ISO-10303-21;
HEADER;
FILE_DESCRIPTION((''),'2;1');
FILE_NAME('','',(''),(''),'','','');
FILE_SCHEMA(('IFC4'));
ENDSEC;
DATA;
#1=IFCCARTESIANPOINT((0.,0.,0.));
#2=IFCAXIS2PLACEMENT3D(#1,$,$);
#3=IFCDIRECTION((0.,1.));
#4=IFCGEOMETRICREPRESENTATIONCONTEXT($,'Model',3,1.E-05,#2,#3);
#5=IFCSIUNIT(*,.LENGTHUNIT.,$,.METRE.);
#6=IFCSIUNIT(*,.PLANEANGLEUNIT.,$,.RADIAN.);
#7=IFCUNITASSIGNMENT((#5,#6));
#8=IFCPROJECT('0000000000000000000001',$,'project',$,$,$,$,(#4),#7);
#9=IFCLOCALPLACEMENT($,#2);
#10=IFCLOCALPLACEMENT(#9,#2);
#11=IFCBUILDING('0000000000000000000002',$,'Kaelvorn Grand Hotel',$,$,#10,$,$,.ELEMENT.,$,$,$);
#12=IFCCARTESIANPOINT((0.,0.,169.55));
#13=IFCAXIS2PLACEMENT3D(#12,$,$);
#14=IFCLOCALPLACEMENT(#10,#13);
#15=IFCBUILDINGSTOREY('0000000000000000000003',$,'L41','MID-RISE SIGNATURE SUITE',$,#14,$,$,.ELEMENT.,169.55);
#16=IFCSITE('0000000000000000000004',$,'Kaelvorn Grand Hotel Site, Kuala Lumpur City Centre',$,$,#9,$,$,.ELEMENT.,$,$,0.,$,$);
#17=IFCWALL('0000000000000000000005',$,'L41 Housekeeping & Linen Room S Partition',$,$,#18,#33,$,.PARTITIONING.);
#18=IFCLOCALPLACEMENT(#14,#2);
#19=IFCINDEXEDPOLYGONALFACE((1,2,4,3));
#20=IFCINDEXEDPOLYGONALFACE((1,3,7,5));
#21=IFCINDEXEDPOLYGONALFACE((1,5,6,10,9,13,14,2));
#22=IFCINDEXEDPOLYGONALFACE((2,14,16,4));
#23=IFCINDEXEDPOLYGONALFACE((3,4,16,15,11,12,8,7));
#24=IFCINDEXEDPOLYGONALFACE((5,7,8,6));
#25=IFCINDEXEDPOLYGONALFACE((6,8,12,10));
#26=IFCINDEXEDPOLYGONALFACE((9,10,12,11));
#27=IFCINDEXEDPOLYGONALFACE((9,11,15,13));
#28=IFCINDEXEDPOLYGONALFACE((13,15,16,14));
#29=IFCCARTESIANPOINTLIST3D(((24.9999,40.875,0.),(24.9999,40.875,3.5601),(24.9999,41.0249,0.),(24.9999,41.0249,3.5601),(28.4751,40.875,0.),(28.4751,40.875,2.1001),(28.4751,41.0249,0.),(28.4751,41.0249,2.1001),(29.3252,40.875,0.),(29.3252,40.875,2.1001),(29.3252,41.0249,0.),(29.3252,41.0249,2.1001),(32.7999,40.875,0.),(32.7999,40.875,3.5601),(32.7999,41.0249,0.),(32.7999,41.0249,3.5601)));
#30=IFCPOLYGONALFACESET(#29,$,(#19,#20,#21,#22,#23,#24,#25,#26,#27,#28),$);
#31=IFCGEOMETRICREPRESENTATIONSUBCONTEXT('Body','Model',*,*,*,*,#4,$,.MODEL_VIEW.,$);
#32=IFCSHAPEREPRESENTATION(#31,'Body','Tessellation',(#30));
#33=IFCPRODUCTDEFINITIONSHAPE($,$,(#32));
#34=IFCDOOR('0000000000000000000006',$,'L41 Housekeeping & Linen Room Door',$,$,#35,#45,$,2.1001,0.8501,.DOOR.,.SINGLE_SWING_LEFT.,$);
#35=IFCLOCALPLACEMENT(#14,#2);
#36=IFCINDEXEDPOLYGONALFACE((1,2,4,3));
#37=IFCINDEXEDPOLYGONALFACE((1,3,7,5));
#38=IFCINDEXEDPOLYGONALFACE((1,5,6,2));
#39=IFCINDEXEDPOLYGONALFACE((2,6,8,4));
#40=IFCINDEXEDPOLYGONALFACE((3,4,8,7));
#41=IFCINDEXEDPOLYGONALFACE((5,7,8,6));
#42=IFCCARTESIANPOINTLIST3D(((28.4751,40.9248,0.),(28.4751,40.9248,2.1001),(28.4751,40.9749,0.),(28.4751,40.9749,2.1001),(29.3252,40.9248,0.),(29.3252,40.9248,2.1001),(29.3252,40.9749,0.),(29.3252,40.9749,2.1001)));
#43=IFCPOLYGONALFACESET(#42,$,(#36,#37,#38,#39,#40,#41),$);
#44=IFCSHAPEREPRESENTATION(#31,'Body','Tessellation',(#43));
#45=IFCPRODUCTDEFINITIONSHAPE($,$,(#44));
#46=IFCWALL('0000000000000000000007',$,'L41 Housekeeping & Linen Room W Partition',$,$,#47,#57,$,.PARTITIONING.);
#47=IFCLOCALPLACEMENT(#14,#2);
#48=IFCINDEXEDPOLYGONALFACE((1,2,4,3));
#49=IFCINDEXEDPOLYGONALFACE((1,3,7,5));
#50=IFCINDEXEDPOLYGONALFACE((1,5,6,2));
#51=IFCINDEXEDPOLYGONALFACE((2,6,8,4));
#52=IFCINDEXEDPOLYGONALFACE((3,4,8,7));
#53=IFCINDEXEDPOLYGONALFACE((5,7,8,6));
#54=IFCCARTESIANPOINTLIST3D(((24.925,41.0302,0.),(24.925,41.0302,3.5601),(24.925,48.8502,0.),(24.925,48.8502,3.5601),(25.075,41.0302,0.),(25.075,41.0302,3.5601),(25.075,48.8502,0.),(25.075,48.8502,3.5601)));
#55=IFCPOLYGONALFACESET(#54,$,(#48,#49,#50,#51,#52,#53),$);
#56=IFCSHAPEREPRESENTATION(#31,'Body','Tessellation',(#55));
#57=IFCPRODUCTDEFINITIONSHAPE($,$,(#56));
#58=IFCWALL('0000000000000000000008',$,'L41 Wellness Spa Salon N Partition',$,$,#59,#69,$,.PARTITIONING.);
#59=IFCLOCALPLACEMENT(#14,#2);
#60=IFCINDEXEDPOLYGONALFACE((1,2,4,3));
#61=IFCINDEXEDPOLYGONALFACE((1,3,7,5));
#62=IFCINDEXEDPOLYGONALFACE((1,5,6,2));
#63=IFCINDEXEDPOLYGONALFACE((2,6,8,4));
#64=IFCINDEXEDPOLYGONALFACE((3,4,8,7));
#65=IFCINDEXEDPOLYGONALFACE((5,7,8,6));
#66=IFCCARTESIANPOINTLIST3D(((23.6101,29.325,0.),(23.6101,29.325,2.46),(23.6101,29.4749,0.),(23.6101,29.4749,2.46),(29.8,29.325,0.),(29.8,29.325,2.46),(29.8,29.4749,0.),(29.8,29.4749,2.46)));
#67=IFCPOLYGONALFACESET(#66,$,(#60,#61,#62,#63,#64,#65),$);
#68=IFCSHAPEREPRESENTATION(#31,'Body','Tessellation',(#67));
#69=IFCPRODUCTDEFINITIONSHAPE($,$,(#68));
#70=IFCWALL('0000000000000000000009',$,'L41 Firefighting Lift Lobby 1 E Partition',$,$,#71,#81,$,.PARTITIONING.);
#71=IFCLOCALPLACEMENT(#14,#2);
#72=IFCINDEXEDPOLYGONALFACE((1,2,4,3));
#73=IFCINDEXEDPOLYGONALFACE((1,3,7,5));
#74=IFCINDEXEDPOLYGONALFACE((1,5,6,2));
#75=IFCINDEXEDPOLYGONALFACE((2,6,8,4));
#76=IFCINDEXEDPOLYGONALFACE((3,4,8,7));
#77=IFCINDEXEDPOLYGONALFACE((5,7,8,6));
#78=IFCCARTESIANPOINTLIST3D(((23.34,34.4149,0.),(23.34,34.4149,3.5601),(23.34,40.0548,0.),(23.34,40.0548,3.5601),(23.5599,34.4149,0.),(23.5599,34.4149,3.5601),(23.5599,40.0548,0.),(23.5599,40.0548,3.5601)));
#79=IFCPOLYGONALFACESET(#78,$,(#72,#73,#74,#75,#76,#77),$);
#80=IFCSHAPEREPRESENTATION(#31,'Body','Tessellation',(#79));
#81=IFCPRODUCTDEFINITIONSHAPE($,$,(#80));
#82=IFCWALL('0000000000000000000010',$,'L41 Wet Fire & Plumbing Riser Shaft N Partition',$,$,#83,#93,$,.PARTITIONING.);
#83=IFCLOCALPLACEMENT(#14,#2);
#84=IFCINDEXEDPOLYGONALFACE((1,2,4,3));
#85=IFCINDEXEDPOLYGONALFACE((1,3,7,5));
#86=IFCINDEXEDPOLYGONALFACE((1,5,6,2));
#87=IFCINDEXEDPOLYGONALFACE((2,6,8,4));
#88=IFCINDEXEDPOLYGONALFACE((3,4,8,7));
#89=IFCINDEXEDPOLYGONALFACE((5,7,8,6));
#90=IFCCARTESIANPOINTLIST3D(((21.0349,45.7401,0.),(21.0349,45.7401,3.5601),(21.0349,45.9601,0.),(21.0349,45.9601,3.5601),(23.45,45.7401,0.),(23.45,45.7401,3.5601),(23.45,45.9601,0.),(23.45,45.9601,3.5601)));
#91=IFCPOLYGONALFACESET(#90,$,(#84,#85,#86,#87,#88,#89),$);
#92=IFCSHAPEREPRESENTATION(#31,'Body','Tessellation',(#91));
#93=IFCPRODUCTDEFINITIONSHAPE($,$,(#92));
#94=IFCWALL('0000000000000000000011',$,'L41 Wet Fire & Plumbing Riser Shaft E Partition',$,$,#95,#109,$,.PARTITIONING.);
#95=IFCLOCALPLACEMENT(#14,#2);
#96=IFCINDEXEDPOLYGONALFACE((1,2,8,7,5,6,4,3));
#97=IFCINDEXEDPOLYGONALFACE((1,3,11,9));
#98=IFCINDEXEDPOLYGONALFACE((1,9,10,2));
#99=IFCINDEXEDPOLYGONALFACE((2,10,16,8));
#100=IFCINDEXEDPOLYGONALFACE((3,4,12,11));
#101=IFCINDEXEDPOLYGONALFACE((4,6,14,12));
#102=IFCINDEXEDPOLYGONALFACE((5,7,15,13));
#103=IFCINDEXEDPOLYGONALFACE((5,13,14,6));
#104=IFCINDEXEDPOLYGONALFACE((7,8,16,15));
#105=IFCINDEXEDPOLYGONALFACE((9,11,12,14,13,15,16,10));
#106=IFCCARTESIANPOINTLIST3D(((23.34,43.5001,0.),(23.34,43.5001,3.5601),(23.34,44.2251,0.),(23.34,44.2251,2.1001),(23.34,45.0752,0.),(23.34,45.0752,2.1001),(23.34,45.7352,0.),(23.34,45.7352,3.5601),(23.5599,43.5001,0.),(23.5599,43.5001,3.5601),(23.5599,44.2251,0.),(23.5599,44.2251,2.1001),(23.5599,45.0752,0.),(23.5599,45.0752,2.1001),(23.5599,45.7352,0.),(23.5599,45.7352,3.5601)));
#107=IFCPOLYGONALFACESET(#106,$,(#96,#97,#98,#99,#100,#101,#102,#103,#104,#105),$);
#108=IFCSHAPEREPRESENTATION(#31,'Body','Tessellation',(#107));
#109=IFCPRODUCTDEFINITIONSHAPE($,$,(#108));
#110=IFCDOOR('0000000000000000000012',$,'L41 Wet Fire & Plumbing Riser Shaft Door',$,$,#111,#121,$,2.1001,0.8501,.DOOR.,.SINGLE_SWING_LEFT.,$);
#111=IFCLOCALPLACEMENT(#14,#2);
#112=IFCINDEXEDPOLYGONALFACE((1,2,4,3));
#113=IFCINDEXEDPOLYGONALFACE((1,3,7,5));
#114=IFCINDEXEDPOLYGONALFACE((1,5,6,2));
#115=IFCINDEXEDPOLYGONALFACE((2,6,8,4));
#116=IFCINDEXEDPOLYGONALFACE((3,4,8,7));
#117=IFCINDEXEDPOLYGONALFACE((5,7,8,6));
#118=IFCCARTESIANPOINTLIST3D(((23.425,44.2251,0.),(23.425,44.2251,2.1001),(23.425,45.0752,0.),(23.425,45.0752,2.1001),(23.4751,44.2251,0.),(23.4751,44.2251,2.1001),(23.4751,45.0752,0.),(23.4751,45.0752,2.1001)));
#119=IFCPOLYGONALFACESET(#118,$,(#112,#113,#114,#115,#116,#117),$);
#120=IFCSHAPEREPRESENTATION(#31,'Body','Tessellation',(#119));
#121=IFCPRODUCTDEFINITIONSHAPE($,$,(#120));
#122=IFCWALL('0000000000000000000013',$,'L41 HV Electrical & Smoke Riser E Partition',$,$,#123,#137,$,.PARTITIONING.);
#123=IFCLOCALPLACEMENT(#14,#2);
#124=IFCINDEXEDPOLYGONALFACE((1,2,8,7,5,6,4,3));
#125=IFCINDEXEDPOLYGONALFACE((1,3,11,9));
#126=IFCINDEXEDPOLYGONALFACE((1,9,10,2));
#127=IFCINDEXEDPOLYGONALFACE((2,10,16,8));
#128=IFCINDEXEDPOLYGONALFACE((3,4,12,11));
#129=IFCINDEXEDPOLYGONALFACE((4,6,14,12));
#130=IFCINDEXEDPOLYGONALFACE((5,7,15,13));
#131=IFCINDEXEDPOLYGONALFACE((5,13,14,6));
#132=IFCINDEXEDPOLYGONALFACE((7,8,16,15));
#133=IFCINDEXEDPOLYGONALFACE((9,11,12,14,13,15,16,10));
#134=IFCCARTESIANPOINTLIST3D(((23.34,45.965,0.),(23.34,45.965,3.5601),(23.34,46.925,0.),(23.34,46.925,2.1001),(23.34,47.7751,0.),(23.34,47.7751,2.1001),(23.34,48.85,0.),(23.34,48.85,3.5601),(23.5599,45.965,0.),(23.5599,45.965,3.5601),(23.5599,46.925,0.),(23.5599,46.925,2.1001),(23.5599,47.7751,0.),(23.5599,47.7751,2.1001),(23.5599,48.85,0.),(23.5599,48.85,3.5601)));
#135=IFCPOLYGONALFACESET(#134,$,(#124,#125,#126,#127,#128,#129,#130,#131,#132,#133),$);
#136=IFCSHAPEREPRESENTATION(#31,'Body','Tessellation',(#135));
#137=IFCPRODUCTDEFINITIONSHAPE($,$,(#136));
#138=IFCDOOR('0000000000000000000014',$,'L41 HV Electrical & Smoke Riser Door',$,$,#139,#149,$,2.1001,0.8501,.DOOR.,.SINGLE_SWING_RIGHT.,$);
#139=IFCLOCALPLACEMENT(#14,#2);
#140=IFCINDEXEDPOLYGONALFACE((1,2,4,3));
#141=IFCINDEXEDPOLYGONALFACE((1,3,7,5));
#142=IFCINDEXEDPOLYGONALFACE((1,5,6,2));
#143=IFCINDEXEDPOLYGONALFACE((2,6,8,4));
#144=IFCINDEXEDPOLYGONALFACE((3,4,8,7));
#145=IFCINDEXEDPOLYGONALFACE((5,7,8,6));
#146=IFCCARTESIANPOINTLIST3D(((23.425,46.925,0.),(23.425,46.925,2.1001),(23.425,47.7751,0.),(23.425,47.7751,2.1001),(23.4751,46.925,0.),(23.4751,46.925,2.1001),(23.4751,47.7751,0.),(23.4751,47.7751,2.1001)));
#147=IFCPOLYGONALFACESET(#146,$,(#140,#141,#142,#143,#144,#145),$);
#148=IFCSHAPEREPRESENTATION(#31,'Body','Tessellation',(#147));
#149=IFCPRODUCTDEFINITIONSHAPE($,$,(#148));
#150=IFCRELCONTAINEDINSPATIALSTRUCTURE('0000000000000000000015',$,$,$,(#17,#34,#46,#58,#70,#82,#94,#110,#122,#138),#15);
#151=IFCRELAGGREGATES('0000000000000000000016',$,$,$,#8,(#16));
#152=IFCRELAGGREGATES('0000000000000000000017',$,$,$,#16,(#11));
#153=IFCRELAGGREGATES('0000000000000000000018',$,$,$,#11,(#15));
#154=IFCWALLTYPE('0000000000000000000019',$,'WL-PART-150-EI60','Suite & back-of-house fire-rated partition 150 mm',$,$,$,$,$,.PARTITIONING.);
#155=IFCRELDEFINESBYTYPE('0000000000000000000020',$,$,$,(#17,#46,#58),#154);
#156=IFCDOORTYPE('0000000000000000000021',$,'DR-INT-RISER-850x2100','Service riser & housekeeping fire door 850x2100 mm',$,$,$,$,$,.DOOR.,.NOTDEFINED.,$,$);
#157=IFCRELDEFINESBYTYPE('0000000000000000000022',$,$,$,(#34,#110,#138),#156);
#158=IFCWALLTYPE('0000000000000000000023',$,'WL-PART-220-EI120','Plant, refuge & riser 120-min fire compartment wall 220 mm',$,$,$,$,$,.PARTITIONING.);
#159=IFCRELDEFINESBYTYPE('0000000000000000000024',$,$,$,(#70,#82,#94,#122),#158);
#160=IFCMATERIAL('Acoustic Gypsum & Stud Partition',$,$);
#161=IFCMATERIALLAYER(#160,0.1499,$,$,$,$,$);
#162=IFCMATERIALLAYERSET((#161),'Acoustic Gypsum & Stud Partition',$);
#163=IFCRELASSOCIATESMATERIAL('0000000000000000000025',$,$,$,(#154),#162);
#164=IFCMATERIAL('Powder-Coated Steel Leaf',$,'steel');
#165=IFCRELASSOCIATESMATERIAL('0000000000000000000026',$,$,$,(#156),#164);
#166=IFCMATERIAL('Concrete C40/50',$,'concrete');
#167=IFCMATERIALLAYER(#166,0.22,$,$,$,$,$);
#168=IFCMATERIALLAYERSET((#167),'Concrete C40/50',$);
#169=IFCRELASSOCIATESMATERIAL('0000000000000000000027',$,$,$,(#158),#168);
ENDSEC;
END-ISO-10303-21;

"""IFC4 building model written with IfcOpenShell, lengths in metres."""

from ifc_helpers import new_model, si_unit, direction, frame, frame_2d, origin, place, context, subcontext, project, spatial, rectangle, extrude, material, layer, layer_set, type_object, element, fill, save


model = new_model("IFC4")

# Units and contexts
model_context = context("Model", 3, precision=1e-05, world=origin(), true_north=direction((0.0, 1.0)))
body_context = subcontext(model_context, "Body", "Model", "MODEL_VIEW")
ifc_project = project(units=[si_unit("LENGTHUNIT", "METRE"), si_unit("PLANEANGLEUNIT", "RADIAN")], contexts=[model_context])

# Site, building, storey
site_placement = place(None, origin())
site = spatial("IfcSite", under=ifc_project, at=site_placement, Name="Kaelvorn Grand Hotel Site, Kuala Lumpur City Centre", CompositionType="ELEMENT", RefElevation=0.0)
building_placement = place(site_placement, origin())
building = spatial("IfcBuilding", under=site, at=building_placement, Name="Kaelvorn Grand Hotel", CompositionType="ELEMENT")
storey_placement = place(building_placement, frame((0.0, 0.0, 169.55)))
storey = spatial("IfcBuildingStorey", under=building, at=storey_placement, Name="L41", Description="MID-RISE SIGNATURE SUITE", CompositionType="ELEMENT", Elevation=169.55)

# Shared definitions
ifc_material_1 = material(Name="Acoustic Gypsum & Stud Partition")
ifc_layer_1 = layer(ifc_material_1, 0.1499)
ifc_layer_set_1 = layer_set([ifc_layer_1], Name="Acoustic Gypsum & Stud Partition")
wall_type_1 = type_object("IfcWallType", Name="WL-PART-150-EI60", Description="Suite & back-of-house fire-rated partition 150 mm", PredefinedType="PARTITIONING", material=ifc_layer_set_1)

# Wall, opening, door
wall_1_placement = place(storey_placement, frame((25.0, 40.95, 0.0), z_axis=(0.0, 0.0, 1.0), x_axis=(1.0, 0.0, 0.0)))
wall_1 = element("IfcWall", 1, at=wall_1_placement, inside=storey, type_object=wall_type_1, Name="L41 Housekeeping & Linen Room S Partition", PredefinedType="PARTITIONING", context=body_context, shape_type="SweptSolid", body=[
    extrude(rectangle(XDim=7.8, YDim=0.1499, at=frame_2d((3.8999, 0.0))), origin(), (0.0, 0.0, 1.0), 3.5601),
])
opening_1_placement = place(wall_1_placement, frame((3.4751, 0.0, 0.0)))
opening_1 = element("IfcOpeningElement", 2, at=opening_1_placement, cuts=wall_1, PredefinedType="OPENING", context=body_context, shape_type="SweptSolid", body=[
    extrude(rectangle(XDim=0.8501, YDim=2.1001, at=frame_2d((0.425, 1.05))), frame((0.0, 0.085, 0.0), z_axis=(0.0, -1.0, 0.0), x_axis=(1.0, 0.0, 0.0)), (0.0, 0.0, 1.0), 0.1699),
])
ifc_material_2 = material(Name="Powder-Coated Steel Leaf", Category="steel")
door_type_1 = type_object("IfcDoorType", Name="DR-INT-RISER-850x2100", Description="Service riser & housekeeping fire door 850x2100 mm", OperationType="NOTDEFINED", PredefinedType="DOOR", material=ifc_material_2)
door_1_placement = place(opening_1_placement, origin())
door_1 = element("IfcDoor", 3, at=door_1_placement, inside=storey, type_object=door_type_1, Name="L41 Housekeeping & Linen Room Door", OperationType="SINGLE_SWING_LEFT", OverallHeight=2.1001, OverallWidth=0.8501, PredefinedType="DOOR", context=body_context, shape_type="SweptSolid", body=[
    extrude(rectangle(XDim=0.8501, YDim=2.1001, at=frame_2d((0.425, 1.05))), frame((0.0, 0.0249, 0.0), z_axis=(0.0, -1.0, 0.0), x_axis=(1.0, 0.0, 0.0)), (0.0, 0.0, 1.0), 0.05),
])
fill(opening_1, door_1)

# Walls
wall_2_placement = place(storey_placement, frame((25.0, 41.03, 0.0), z_axis=(0.0, 0.0, 1.0), x_axis=(0.0, 1.0, 0.0)))
element("IfcWall", 4, at=wall_2_placement, inside=storey, type_object=wall_type_1, Name="L41 Housekeeping & Linen Room W Partition", PredefinedType="PARTITIONING", context=body_context, shape_type="SweptSolid", body=[
    extrude(rectangle(XDim=7.8201, YDim=0.1499, at=frame_2d((3.9102, 0.0))), origin(), (0.0, 0.0, 1.0), 3.5601),
])
wall_3_placement = place(storey_placement, frame((23.6101, 29.3999, 0.0), z_axis=(0.0, 0.0, 1.0), x_axis=(1.0, 0.0, 0.0)))
element("IfcWall", 5, at=wall_3_placement, inside=storey, type_object=wall_type_1, Name="L41 Wellness Spa Salon N Partition", PredefinedType="PARTITIONING", context=body_context, shape_type="SweptSolid", body=[
    extrude(rectangle(XDim=6.1899, YDim=0.1499, at=frame_2d((3.095, 0.0))), origin(), (0.0, 0.0, 1.0), 2.46),
])
ifc_material_3 = material(Name="Concrete C40/50", Category="concrete")
ifc_layer_2 = layer(ifc_material_3, 0.22)
ifc_layer_set_2 = layer_set([ifc_layer_2], Name="Concrete C40/50")
wall_type_2 = type_object("IfcWallType", Name="WL-PART-220-EI120", Description="Plant, refuge & riser 120-min fire compartment wall 220 mm", PredefinedType="PARTITIONING", material=ifc_layer_set_2)
wall_4_placement = place(storey_placement, frame((23.45, 34.415, 0.0), z_axis=(0.0, 0.0, 1.0), x_axis=(0.0, 1.0, 0.0)))
element("IfcWall", 6, at=wall_4_placement, inside=storey, type_object=wall_type_2, Name="L41 Firefighting Lift Lobby 1 E Partition", PredefinedType="PARTITIONING", context=body_context, shape_type="SweptSolid", body=[
    extrude(rectangle(XDim=5.6399, YDim=0.22, at=frame_2d((2.8198, 0.0))), origin(), (0.0, 0.0, 1.0), 3.5601),
])
wall_5_placement = place(storey_placement, frame((21.0349, 45.8501, 0.0), z_axis=(0.0, 0.0, 1.0), x_axis=(1.0, 0.0, 0.0)))
element("IfcWall", 7, at=wall_5_placement, inside=storey, type_object=wall_type_2, Name="L41 Wet Fire & Plumbing Riser Shaft N Partition", PredefinedType="PARTITIONING", context=body_context, shape_type="SweptSolid", body=[
    extrude(rectangle(XDim=2.415, YDim=0.22, at=frame_2d((1.2075, 0.0))), origin(), (0.0, 0.0, 1.0), 3.5601),
])

# Walls, openings, doors
wall_6_placement = place(storey_placement, frame((23.45, 43.5, 0.0), z_axis=(0.0, 0.0, 1.0), x_axis=(0.0, 1.0, 0.0)))
wall_6 = element("IfcWall", 8, at=wall_6_placement, inside=storey, type_object=wall_type_2, Name="L41 Wet Fire & Plumbing Riser Shaft E Partition", PredefinedType="PARTITIONING", context=body_context, shape_type="SweptSolid", body=[
    extrude(rectangle(XDim=2.2351, YDim=0.22, at=frame_2d((1.1177, 0.0))), origin(), (0.0, 0.0, 1.0), 3.5601),
])
opening_2_placement = place(wall_6_placement, frame((0.7251, 0.0, 0.0)))
opening_2 = element("IfcOpeningElement", 9, at=opening_2_placement, cuts=wall_6, PredefinedType="OPENING", context=body_context, shape_type="SweptSolid", body=[
    extrude(rectangle(XDim=0.8501, YDim=2.1001, at=frame_2d((0.425, 1.05))), frame((0.0, 0.1201, 0.0), z_axis=(0.0, -1.0, 0.0), x_axis=(1.0, 0.0, 0.0)), (0.0, 0.0, 1.0), 0.24),
])
door_2_placement = place(opening_2_placement, origin())
door_2 = element("IfcDoor", 10, at=door_2_placement, inside=storey, type_object=door_type_1, Name="L41 Wet Fire & Plumbing Riser Shaft Door", OperationType="SINGLE_SWING_LEFT", OverallHeight=2.1001, OverallWidth=0.8501, PredefinedType="DOOR", context=body_context, shape_type="SweptSolid", body=[
    extrude(rectangle(XDim=0.8501, YDim=2.1001, at=frame_2d((0.425, 1.05))), frame((0.0, 0.0249, 0.0), z_axis=(0.0, -1.0, 0.0), x_axis=(1.0, 0.0, 0.0)), (0.0, 0.0, 1.0), 0.05),
])
fill(opening_2, door_2)
wall_7_placement = place(storey_placement, frame((23.45, 45.9651, 0.0), z_axis=(0.0, 0.0, 1.0), x_axis=(0.0, 1.0, 0.0)))
wall_7 = element("IfcWall", 11, at=wall_7_placement, inside=storey, type_object=wall_type_2, Name="L41 HV Electrical & Smoke Riser E Partition", PredefinedType="PARTITIONING", context=body_context, shape_type="SweptSolid", body=[
    extrude(rectangle(XDim=2.885, YDim=0.22, at=frame_2d((1.4424, 0.0))), origin(), (0.0, 0.0, 1.0), 3.5601),
])
opening_3_placement = place(wall_7_placement, frame((0.96, 0.0, 0.0)))
opening_3 = element("IfcOpeningElement", 12, at=opening_3_placement, cuts=wall_7, PredefinedType="OPENING", context=body_context, shape_type="SweptSolid", body=[
    extrude(rectangle(XDim=0.8501, YDim=2.1001, at=frame_2d((0.425, 1.05))), frame((0.0, 0.1201, 0.0), z_axis=(0.0, -1.0, 0.0), x_axis=(1.0, 0.0, 0.0)), (0.0, 0.0, 1.0), 0.24),
])
door_3_placement = place(opening_3_placement, origin())
door_3 = element("IfcDoor", 13, at=door_3_placement, inside=storey, type_object=door_type_1, Name="L41 HV Electrical & Smoke Riser Door", OperationType="SINGLE_SWING_RIGHT", OverallHeight=2.1001, OverallWidth=0.8501, PredefinedType="DOOR", context=body_context, shape_type="SweptSolid", body=[
    extrude(rectangle(XDim=0.8501, YDim=2.1001, at=frame_2d((0.425, 1.05))), frame((0.0, 0.0249, 0.0), z_axis=(0.0, -1.0, 0.0), x_axis=(1.0, 0.0, 0.0)), (0.0, 0.0, 1.0), 0.05),
])
fill(opening_3, door_3)

save(model, "model.ifc")
